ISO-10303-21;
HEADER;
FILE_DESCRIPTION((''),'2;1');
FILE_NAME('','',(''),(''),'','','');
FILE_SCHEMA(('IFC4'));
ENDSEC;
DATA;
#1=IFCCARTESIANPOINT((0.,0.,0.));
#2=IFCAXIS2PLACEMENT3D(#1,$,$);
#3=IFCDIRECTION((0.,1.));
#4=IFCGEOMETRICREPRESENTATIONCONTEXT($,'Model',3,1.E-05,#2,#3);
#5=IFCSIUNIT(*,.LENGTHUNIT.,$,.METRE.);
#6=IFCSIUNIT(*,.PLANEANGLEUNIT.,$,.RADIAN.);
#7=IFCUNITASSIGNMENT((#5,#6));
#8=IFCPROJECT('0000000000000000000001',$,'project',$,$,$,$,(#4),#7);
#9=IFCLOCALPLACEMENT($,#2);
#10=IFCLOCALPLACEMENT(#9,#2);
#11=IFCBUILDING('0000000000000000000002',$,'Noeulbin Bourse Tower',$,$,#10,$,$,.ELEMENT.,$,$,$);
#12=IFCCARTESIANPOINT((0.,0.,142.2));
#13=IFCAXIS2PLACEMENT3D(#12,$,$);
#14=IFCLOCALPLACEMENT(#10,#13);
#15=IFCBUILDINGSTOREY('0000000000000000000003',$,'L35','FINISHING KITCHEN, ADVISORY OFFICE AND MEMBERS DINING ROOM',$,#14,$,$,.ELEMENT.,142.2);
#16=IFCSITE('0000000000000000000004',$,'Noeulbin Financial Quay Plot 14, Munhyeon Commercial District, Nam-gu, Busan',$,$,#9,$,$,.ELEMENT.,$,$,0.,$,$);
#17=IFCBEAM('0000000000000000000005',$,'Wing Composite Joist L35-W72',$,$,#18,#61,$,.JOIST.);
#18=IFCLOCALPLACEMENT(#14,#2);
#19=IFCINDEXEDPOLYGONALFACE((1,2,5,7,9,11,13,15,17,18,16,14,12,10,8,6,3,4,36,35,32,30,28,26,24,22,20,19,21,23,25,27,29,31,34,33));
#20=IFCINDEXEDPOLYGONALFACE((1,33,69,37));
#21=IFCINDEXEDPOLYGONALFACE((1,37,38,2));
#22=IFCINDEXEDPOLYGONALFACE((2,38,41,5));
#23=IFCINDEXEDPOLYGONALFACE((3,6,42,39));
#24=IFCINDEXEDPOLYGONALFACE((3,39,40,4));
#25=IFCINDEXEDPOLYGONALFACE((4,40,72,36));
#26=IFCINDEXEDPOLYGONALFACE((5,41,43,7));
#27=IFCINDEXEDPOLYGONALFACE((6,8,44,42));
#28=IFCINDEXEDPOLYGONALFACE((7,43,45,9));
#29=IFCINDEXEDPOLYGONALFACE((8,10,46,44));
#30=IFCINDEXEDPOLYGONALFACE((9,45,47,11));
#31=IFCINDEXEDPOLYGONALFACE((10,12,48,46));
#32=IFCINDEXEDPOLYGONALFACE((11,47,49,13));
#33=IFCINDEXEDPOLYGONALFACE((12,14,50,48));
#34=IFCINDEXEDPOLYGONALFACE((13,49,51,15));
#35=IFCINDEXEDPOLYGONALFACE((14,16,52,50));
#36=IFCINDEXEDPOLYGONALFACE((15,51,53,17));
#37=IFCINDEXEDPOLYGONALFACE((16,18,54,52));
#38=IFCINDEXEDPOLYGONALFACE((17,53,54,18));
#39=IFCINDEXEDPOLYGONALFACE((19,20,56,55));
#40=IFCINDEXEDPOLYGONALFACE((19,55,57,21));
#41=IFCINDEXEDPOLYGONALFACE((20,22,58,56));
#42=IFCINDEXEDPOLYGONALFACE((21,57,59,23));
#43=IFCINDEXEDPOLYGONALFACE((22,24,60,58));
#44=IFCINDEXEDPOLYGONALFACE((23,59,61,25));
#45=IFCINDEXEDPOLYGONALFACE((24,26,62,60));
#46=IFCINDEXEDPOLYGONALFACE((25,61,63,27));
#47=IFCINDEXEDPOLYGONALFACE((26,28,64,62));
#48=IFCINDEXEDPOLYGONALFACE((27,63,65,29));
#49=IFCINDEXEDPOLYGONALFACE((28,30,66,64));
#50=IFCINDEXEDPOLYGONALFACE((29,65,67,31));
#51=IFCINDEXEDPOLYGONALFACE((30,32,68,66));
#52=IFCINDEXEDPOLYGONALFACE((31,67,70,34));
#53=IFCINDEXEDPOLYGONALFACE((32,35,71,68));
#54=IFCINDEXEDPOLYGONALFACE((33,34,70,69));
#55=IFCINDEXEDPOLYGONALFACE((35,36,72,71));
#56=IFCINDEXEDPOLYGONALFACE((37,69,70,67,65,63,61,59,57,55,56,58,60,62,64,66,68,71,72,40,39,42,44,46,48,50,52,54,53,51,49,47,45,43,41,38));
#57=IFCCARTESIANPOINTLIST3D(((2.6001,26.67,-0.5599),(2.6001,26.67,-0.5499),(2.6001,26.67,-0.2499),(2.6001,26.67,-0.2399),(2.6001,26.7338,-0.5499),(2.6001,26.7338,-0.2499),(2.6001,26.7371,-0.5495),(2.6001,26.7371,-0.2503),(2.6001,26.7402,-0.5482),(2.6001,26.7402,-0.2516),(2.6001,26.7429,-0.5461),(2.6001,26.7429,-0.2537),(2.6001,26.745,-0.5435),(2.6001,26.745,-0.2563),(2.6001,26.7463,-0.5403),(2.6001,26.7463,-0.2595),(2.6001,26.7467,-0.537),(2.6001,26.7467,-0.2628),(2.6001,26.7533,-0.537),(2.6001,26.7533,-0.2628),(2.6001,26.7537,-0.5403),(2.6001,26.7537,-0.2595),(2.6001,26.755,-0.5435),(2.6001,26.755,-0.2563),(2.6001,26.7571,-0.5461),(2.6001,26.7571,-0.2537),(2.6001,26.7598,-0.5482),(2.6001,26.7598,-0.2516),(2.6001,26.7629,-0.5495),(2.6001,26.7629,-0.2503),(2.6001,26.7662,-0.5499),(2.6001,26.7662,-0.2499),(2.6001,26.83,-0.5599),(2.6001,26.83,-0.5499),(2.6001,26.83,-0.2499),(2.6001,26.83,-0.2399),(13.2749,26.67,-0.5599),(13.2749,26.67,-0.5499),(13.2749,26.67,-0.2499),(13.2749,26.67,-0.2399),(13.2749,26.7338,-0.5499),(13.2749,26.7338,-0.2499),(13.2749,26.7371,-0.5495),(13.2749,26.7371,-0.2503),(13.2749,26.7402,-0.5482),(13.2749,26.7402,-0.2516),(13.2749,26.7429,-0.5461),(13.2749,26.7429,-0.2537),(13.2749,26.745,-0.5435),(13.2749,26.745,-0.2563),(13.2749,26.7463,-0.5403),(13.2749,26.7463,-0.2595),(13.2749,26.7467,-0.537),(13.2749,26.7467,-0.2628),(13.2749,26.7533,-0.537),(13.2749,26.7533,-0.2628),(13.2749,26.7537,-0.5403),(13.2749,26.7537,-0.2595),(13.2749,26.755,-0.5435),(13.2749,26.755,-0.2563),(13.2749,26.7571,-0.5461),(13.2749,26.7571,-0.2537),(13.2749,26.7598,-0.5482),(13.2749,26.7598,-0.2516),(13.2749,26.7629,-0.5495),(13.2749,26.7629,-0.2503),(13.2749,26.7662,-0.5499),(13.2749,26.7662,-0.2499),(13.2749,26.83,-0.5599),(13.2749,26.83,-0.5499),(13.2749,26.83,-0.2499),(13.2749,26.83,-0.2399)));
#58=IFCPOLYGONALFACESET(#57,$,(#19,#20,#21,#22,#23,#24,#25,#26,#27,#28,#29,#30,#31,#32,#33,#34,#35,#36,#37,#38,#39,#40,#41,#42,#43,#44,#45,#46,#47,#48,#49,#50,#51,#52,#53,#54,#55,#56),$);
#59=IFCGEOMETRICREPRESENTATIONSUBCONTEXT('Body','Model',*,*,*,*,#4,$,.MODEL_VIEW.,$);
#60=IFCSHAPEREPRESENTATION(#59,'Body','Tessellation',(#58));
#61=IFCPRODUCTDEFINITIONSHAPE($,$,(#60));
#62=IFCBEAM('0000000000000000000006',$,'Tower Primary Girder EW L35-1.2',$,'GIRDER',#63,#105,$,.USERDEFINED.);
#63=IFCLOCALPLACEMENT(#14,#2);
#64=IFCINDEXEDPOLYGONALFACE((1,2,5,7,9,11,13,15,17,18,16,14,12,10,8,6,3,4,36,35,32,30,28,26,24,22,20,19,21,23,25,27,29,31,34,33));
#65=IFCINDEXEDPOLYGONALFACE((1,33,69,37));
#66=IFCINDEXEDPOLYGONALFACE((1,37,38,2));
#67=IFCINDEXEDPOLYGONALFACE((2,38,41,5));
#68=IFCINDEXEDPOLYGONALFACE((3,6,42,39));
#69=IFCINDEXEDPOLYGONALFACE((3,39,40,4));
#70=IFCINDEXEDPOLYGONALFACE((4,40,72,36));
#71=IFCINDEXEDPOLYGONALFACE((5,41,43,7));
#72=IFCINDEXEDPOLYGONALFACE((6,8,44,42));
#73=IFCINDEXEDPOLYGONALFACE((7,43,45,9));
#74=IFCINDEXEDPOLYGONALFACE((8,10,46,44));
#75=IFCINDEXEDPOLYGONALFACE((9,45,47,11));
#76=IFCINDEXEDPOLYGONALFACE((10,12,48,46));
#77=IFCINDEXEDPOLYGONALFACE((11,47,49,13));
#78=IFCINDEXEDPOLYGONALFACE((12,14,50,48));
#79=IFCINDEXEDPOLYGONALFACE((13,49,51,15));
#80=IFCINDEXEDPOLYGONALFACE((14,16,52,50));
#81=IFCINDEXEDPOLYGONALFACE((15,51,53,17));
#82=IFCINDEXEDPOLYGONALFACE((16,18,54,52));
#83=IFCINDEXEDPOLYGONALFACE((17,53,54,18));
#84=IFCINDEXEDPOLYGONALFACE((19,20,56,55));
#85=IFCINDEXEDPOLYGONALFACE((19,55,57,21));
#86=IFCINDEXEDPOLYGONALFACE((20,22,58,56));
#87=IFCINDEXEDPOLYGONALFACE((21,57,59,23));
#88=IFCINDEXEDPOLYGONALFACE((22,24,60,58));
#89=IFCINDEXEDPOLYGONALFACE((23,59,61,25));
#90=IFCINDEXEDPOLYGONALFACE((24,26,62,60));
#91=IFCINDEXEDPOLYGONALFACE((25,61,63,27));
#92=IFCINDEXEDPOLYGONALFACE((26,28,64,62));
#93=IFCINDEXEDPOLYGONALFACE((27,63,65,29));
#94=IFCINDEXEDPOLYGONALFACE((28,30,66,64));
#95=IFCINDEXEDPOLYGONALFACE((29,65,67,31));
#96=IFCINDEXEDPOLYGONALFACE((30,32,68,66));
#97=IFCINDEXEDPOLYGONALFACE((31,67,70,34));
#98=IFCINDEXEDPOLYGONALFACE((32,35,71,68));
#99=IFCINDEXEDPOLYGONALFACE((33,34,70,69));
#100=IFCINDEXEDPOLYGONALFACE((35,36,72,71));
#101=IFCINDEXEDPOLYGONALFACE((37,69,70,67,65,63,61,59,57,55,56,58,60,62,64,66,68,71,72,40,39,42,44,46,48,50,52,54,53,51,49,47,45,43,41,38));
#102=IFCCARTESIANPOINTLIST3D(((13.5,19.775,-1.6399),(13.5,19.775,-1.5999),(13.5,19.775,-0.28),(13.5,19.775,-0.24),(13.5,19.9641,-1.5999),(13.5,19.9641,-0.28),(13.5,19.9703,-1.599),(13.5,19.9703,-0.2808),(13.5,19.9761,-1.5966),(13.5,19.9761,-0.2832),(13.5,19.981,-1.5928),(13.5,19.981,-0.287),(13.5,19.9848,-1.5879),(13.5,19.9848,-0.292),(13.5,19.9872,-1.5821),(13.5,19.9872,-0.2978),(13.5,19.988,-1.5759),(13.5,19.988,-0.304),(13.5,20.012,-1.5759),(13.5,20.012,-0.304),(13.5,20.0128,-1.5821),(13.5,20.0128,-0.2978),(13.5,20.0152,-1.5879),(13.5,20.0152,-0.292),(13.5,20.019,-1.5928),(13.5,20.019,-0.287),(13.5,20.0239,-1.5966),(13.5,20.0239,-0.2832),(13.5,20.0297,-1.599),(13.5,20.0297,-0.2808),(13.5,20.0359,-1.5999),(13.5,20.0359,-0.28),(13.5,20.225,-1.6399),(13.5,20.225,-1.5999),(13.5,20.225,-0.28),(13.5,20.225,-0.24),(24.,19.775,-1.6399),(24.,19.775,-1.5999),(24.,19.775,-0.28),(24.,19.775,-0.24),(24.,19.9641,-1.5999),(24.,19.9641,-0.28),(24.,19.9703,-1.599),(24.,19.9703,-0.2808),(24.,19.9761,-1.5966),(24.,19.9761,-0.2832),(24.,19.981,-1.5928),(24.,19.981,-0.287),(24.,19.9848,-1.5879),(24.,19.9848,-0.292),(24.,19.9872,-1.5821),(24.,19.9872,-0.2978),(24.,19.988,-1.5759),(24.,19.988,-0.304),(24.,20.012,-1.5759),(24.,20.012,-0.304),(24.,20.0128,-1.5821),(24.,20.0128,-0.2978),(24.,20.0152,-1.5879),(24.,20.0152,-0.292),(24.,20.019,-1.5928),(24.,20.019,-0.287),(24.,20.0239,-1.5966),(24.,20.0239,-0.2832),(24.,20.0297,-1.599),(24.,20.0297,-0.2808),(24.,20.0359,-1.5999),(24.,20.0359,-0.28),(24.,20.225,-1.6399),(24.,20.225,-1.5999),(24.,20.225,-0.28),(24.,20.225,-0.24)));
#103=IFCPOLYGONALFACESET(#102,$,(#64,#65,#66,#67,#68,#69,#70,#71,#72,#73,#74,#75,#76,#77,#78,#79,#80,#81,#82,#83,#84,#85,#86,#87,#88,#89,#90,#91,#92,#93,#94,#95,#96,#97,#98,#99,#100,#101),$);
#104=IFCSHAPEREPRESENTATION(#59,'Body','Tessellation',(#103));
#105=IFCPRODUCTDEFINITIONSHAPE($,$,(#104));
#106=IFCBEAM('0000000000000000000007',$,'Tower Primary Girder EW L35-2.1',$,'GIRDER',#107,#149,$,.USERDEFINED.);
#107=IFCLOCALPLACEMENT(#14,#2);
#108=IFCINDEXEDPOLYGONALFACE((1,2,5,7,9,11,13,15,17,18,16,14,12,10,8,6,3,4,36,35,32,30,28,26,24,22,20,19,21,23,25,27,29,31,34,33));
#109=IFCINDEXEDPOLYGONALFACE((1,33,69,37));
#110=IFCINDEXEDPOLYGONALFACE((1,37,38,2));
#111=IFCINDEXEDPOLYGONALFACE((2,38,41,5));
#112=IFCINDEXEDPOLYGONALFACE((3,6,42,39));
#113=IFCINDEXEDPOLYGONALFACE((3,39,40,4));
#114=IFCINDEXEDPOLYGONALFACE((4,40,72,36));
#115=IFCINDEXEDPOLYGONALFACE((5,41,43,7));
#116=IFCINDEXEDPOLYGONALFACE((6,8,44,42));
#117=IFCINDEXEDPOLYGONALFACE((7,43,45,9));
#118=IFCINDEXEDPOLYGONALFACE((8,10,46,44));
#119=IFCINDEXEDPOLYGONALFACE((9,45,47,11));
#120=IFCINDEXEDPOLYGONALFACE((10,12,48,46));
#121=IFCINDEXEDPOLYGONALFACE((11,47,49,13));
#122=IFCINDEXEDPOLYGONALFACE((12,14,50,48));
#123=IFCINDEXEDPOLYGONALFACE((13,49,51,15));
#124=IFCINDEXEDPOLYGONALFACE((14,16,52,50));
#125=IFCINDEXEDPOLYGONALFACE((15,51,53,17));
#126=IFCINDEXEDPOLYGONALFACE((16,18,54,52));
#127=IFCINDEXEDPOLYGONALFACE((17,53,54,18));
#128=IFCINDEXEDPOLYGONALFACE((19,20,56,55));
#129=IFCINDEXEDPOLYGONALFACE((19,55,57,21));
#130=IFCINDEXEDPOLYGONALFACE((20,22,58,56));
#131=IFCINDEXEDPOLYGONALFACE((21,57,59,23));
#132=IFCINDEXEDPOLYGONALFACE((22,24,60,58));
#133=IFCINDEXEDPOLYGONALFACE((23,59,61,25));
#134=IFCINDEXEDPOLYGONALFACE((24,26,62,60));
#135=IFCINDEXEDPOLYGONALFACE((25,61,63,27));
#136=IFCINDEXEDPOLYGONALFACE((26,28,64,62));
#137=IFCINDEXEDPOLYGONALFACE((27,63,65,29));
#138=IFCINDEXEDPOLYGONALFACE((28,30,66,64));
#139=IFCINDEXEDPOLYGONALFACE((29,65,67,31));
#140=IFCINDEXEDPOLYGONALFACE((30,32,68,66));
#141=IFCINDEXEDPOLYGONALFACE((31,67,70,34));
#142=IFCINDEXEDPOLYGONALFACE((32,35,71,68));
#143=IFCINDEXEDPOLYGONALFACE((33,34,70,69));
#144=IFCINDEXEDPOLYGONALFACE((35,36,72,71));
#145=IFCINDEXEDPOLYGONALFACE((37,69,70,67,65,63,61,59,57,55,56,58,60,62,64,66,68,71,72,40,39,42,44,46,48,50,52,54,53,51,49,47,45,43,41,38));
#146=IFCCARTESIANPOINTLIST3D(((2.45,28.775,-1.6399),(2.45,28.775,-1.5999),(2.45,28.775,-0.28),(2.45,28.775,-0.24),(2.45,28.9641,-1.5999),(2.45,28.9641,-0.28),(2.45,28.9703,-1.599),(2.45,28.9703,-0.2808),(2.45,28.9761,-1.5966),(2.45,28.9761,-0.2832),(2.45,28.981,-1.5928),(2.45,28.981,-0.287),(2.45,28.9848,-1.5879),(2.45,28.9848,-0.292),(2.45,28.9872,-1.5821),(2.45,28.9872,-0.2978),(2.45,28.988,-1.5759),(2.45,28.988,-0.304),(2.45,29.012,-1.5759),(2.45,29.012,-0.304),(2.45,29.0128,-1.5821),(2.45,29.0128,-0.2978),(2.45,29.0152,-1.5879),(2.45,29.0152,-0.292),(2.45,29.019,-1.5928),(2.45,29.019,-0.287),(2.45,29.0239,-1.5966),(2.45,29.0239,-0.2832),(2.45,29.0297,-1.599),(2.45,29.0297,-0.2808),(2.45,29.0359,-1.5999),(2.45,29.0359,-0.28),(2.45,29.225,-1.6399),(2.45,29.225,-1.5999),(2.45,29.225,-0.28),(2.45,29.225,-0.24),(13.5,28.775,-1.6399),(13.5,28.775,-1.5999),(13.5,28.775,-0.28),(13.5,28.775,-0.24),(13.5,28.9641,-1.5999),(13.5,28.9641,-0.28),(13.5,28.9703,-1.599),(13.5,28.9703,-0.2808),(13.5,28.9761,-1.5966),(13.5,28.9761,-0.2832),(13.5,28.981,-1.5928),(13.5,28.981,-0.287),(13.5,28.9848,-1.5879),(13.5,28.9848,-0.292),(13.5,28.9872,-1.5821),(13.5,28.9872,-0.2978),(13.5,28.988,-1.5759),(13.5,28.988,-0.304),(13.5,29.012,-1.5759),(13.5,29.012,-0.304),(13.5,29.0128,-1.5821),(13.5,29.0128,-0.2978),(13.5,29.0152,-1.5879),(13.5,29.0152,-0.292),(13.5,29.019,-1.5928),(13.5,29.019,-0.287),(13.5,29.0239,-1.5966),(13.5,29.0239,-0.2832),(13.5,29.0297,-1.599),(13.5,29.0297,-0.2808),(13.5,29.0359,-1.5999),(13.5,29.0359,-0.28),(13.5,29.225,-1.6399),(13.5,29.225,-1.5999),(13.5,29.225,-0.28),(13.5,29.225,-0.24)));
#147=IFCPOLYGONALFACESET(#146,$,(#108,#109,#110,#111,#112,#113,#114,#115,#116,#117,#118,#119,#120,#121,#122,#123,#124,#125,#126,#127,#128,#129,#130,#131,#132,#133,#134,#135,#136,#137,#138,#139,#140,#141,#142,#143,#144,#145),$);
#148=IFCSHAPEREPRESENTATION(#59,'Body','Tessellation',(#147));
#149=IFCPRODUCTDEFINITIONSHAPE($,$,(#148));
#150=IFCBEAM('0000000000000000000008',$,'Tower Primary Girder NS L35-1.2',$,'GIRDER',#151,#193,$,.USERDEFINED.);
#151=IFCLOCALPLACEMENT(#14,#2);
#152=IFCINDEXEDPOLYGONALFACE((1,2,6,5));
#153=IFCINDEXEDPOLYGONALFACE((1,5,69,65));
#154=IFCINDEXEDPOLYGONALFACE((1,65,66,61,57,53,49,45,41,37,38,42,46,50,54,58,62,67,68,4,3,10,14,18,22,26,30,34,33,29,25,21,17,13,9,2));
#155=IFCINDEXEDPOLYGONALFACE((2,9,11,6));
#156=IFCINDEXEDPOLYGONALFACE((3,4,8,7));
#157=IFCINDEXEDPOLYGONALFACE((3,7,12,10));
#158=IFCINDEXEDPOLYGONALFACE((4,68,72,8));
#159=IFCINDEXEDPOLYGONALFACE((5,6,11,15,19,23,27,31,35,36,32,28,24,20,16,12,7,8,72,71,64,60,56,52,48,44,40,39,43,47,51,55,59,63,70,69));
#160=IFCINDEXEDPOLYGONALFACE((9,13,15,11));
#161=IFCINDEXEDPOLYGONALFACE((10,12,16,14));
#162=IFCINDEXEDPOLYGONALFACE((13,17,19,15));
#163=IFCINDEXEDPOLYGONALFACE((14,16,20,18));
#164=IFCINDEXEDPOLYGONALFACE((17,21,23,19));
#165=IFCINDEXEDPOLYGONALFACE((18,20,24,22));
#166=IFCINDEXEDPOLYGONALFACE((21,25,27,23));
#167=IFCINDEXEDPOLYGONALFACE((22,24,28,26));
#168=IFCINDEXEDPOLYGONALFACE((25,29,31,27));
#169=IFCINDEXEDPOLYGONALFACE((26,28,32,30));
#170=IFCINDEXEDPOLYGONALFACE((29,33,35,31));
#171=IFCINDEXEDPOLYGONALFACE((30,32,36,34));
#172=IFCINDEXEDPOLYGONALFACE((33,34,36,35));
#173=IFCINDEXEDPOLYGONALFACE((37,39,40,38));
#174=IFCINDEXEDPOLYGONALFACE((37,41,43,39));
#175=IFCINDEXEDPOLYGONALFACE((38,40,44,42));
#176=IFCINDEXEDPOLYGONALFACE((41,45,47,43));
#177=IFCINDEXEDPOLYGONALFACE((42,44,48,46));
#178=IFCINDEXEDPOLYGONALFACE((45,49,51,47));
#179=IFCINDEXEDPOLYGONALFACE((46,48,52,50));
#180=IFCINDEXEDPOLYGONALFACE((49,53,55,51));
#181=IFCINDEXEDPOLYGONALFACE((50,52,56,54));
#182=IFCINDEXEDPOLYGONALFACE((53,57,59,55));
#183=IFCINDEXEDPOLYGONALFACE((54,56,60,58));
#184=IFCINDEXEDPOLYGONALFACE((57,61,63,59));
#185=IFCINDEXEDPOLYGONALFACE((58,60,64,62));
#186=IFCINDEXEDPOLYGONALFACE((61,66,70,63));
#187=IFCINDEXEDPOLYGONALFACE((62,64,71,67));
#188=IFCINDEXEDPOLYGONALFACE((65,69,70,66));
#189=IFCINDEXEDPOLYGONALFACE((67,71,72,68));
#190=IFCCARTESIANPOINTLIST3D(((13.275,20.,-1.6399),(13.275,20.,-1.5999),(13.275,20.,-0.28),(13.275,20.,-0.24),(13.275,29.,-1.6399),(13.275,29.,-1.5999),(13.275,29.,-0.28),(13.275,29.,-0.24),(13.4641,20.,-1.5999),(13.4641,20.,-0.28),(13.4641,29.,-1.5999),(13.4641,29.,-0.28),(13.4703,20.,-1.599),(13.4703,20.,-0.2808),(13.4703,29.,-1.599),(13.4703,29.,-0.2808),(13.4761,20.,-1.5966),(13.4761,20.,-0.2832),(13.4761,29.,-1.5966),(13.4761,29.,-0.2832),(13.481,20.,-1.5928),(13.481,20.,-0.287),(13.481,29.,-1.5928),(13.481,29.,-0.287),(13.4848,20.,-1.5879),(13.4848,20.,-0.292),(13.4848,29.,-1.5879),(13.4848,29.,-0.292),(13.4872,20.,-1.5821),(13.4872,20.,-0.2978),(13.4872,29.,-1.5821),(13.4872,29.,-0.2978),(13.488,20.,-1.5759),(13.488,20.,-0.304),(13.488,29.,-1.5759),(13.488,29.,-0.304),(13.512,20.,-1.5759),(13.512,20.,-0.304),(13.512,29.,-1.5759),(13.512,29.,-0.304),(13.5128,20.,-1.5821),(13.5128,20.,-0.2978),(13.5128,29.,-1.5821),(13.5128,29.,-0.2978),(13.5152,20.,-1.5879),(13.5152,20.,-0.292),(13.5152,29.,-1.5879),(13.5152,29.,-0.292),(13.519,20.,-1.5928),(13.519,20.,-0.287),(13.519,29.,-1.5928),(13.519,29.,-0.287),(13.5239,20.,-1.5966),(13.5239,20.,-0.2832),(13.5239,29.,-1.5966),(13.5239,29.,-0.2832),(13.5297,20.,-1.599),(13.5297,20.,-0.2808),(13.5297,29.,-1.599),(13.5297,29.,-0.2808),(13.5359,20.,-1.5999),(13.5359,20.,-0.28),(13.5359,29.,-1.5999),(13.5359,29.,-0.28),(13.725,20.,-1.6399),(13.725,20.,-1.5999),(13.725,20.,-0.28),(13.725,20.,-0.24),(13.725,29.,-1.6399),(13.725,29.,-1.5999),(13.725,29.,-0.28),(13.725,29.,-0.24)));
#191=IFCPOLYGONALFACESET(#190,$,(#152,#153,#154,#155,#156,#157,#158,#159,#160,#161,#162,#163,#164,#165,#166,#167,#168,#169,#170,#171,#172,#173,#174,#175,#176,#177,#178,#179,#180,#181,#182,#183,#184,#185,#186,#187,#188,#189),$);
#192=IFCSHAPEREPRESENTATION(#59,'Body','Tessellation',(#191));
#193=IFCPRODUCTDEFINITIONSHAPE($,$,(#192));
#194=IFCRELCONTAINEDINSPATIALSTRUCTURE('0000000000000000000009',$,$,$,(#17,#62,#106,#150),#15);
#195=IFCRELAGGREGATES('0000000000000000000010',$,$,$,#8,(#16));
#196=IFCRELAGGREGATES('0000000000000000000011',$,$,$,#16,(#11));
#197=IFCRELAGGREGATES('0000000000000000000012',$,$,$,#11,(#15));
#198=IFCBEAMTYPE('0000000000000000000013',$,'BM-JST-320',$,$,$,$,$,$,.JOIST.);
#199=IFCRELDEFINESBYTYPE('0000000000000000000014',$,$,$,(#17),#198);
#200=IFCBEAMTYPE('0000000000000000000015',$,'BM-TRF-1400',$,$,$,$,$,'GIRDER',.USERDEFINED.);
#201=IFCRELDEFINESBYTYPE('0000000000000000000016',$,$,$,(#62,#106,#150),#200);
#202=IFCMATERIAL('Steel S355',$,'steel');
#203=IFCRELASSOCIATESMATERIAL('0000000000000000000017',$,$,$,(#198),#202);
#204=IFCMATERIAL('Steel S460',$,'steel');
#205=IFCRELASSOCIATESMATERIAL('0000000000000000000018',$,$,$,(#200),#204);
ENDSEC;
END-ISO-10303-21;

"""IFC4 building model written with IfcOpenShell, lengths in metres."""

from ifc_helpers import new_model, si_unit, direction, frame, origin, origin_2d, place, context, subcontext, project, spatial, i_section, extrude, material, material_profile, profile_set, type_object, element, save


model = new_model("IFC4")

# Units and contexts
model_context = context("Model", 3, precision=1e-05, world=origin(), true_north=direction((0.0, 1.0)))
body_context = subcontext(model_context, "Body", "Model", "MODEL_VIEW")
ifc_project = project(units=[si_unit("LENGTHUNIT", "METRE"), si_unit("PLANEANGLEUNIT", "RADIAN")], contexts=[model_context])

# Site, building, storey
site_placement = place(None, origin())
site = spatial("IfcSite", under=ifc_project, at=site_placement, Name="Noeulbin Financial Quay Plot 14, Munhyeon Commercial District, Nam-gu, Busan", CompositionType="ELEMENT", RefElevation=0.0)
building_placement = place(site_placement, origin())
building = spatial("IfcBuilding", under=site, at=building_placement, Name="Noeulbin Bourse Tower", CompositionType="ELEMENT")
storey_placement = place(building_placement, frame((0.0, 0.0, 142.2)))
storey = spatial("IfcBuildingStorey", under=building, at=storey_placement, Name="L35", Description="FINISHING KITCHEN, ADVISORY OFFICE AND MEMBERS DINING ROOM", CompositionType="ELEMENT", Elevation=142.2)

# Shared definitions
ifc_material_1 = material(Name="Steel S355", Category="steel")
ifc_material_2 = material(Name="Steel S460", Category="steel")

# Beams
ifc_material_profile_1 = material_profile(ifc_material_1, i_section(OverallWidth=0.1599, OverallDepth=0.3201, WebThickness=0.0066, FlangeThickness=0.01, FilletRadius=0.0129, at=origin_2d()), Name="H-320x160x6.5x10", Category="LoadBearing")
ifc_profile_set_1 = profile_set([ifc_material_profile_1], Name="Steel S355")
beam_type_1 = type_object("IfcBeamType", Name="BM-JST-320", PredefinedType="JOIST", material=ifc_profile_set_1)
for number, where, z_axis, x_axis, name in (
    (1, (2.6001, 26.75, -0.3999), (1.0, 0.0, 0.0), (0.0, 1.0, 0.0), "Wing Composite Joist L35-W72"),
):
    element("IfcBeam", number, at=place(storey_placement, frame(where, z_axis=z_axis, x_axis=x_axis)), inside=storey, type_object=beam_type_1, Name=name, PredefinedType="JOIST", context=body_context, shape_type="SweptSolid", body=[
        extrude(i_section(OverallWidth=0.1599, OverallDepth=0.3201, WebThickness=0.0066, FlangeThickness=0.01, FilletRadius=0.0129, at=origin_2d()), origin(), (0.0, 0.0, 1.0), 10.6748),
    ])
ifc_material_profile_2 = material_profile(ifc_material_2, i_section(OverallWidth=0.45, OverallDepth=1.3999, WebThickness=0.0239, FlangeThickness=0.04, FilletRadius=0.0239, at=origin_2d()), Name="PG-1400x450x24x40", Category="LoadBearing")
ifc_profile_set_2 = profile_set([ifc_material_profile_2], Name="Steel S460")
beam_type_2 = type_object("IfcBeamType", Name="BM-TRF-1400", ElementType="GIRDER", PredefinedType="USERDEFINED", material=ifc_profile_set_2)
beam_1_placement = place(storey_placement, frame((13.5, 20.0, -0.9399), z_axis=(1.0, 0.0, 0.0), x_axis=(0.0, 1.0, 0.0)))
element("IfcBeam", 2, at=beam_1_placement, inside=storey, type_object=beam_type_2, Name="Tower Primary Girder EW L35-1.2", ObjectType="GIRDER", PredefinedType="USERDEFINED", context=body_context, shape_type="SweptSolid", body=[
    extrude(i_section(OverallWidth=0.45, OverallDepth=1.3999, WebThickness=0.0239, FlangeThickness=0.04, FilletRadius=0.0239, at=origin_2d()), origin(), (0.0, 0.0, 1.0), 10.5),
])
beam_2_placement = place(storey_placement, frame((2.45, 29.0, -0.9399), z_axis=(1.0, 0.0, 0.0), x_axis=(0.0, 1.0, 0.0)))
element("IfcBeam", 3, at=beam_2_placement, inside=storey, type_object=beam_type_2, Name="Tower Primary Girder EW L35-2.1", ObjectType="GIRDER", PredefinedType="USERDEFINED", context=body_context, shape_type="SweptSolid", body=[
    extrude(i_section(OverallWidth=0.45, OverallDepth=1.3999, WebThickness=0.0239, FlangeThickness=0.04, FilletRadius=0.0239, at=origin_2d()), origin(), (0.0, 0.0, 1.0), 11.05),
])
beam_3_placement = place(storey_placement, frame((13.5, 20.0, -0.9399), z_axis=(0.0, 1.0, 0.0), x_axis=(-1.0, 0.0, 0.0)))
element("IfcBeam", 4, at=beam_3_placement, inside=storey, type_object=beam_type_2, Name="Tower Primary Girder NS L35-1.2", ObjectType="GIRDER", PredefinedType="USERDEFINED", context=body_context, shape_type="SweptSolid", body=[
    extrude(i_section(OverallWidth=0.45, OverallDepth=1.3999, WebThickness=0.0239, FlangeThickness=0.04, FilletRadius=0.0239, at=origin_2d()), origin(), (0.0, 0.0, 1.0), 9.0),
])

save(model, "model.ifc")
